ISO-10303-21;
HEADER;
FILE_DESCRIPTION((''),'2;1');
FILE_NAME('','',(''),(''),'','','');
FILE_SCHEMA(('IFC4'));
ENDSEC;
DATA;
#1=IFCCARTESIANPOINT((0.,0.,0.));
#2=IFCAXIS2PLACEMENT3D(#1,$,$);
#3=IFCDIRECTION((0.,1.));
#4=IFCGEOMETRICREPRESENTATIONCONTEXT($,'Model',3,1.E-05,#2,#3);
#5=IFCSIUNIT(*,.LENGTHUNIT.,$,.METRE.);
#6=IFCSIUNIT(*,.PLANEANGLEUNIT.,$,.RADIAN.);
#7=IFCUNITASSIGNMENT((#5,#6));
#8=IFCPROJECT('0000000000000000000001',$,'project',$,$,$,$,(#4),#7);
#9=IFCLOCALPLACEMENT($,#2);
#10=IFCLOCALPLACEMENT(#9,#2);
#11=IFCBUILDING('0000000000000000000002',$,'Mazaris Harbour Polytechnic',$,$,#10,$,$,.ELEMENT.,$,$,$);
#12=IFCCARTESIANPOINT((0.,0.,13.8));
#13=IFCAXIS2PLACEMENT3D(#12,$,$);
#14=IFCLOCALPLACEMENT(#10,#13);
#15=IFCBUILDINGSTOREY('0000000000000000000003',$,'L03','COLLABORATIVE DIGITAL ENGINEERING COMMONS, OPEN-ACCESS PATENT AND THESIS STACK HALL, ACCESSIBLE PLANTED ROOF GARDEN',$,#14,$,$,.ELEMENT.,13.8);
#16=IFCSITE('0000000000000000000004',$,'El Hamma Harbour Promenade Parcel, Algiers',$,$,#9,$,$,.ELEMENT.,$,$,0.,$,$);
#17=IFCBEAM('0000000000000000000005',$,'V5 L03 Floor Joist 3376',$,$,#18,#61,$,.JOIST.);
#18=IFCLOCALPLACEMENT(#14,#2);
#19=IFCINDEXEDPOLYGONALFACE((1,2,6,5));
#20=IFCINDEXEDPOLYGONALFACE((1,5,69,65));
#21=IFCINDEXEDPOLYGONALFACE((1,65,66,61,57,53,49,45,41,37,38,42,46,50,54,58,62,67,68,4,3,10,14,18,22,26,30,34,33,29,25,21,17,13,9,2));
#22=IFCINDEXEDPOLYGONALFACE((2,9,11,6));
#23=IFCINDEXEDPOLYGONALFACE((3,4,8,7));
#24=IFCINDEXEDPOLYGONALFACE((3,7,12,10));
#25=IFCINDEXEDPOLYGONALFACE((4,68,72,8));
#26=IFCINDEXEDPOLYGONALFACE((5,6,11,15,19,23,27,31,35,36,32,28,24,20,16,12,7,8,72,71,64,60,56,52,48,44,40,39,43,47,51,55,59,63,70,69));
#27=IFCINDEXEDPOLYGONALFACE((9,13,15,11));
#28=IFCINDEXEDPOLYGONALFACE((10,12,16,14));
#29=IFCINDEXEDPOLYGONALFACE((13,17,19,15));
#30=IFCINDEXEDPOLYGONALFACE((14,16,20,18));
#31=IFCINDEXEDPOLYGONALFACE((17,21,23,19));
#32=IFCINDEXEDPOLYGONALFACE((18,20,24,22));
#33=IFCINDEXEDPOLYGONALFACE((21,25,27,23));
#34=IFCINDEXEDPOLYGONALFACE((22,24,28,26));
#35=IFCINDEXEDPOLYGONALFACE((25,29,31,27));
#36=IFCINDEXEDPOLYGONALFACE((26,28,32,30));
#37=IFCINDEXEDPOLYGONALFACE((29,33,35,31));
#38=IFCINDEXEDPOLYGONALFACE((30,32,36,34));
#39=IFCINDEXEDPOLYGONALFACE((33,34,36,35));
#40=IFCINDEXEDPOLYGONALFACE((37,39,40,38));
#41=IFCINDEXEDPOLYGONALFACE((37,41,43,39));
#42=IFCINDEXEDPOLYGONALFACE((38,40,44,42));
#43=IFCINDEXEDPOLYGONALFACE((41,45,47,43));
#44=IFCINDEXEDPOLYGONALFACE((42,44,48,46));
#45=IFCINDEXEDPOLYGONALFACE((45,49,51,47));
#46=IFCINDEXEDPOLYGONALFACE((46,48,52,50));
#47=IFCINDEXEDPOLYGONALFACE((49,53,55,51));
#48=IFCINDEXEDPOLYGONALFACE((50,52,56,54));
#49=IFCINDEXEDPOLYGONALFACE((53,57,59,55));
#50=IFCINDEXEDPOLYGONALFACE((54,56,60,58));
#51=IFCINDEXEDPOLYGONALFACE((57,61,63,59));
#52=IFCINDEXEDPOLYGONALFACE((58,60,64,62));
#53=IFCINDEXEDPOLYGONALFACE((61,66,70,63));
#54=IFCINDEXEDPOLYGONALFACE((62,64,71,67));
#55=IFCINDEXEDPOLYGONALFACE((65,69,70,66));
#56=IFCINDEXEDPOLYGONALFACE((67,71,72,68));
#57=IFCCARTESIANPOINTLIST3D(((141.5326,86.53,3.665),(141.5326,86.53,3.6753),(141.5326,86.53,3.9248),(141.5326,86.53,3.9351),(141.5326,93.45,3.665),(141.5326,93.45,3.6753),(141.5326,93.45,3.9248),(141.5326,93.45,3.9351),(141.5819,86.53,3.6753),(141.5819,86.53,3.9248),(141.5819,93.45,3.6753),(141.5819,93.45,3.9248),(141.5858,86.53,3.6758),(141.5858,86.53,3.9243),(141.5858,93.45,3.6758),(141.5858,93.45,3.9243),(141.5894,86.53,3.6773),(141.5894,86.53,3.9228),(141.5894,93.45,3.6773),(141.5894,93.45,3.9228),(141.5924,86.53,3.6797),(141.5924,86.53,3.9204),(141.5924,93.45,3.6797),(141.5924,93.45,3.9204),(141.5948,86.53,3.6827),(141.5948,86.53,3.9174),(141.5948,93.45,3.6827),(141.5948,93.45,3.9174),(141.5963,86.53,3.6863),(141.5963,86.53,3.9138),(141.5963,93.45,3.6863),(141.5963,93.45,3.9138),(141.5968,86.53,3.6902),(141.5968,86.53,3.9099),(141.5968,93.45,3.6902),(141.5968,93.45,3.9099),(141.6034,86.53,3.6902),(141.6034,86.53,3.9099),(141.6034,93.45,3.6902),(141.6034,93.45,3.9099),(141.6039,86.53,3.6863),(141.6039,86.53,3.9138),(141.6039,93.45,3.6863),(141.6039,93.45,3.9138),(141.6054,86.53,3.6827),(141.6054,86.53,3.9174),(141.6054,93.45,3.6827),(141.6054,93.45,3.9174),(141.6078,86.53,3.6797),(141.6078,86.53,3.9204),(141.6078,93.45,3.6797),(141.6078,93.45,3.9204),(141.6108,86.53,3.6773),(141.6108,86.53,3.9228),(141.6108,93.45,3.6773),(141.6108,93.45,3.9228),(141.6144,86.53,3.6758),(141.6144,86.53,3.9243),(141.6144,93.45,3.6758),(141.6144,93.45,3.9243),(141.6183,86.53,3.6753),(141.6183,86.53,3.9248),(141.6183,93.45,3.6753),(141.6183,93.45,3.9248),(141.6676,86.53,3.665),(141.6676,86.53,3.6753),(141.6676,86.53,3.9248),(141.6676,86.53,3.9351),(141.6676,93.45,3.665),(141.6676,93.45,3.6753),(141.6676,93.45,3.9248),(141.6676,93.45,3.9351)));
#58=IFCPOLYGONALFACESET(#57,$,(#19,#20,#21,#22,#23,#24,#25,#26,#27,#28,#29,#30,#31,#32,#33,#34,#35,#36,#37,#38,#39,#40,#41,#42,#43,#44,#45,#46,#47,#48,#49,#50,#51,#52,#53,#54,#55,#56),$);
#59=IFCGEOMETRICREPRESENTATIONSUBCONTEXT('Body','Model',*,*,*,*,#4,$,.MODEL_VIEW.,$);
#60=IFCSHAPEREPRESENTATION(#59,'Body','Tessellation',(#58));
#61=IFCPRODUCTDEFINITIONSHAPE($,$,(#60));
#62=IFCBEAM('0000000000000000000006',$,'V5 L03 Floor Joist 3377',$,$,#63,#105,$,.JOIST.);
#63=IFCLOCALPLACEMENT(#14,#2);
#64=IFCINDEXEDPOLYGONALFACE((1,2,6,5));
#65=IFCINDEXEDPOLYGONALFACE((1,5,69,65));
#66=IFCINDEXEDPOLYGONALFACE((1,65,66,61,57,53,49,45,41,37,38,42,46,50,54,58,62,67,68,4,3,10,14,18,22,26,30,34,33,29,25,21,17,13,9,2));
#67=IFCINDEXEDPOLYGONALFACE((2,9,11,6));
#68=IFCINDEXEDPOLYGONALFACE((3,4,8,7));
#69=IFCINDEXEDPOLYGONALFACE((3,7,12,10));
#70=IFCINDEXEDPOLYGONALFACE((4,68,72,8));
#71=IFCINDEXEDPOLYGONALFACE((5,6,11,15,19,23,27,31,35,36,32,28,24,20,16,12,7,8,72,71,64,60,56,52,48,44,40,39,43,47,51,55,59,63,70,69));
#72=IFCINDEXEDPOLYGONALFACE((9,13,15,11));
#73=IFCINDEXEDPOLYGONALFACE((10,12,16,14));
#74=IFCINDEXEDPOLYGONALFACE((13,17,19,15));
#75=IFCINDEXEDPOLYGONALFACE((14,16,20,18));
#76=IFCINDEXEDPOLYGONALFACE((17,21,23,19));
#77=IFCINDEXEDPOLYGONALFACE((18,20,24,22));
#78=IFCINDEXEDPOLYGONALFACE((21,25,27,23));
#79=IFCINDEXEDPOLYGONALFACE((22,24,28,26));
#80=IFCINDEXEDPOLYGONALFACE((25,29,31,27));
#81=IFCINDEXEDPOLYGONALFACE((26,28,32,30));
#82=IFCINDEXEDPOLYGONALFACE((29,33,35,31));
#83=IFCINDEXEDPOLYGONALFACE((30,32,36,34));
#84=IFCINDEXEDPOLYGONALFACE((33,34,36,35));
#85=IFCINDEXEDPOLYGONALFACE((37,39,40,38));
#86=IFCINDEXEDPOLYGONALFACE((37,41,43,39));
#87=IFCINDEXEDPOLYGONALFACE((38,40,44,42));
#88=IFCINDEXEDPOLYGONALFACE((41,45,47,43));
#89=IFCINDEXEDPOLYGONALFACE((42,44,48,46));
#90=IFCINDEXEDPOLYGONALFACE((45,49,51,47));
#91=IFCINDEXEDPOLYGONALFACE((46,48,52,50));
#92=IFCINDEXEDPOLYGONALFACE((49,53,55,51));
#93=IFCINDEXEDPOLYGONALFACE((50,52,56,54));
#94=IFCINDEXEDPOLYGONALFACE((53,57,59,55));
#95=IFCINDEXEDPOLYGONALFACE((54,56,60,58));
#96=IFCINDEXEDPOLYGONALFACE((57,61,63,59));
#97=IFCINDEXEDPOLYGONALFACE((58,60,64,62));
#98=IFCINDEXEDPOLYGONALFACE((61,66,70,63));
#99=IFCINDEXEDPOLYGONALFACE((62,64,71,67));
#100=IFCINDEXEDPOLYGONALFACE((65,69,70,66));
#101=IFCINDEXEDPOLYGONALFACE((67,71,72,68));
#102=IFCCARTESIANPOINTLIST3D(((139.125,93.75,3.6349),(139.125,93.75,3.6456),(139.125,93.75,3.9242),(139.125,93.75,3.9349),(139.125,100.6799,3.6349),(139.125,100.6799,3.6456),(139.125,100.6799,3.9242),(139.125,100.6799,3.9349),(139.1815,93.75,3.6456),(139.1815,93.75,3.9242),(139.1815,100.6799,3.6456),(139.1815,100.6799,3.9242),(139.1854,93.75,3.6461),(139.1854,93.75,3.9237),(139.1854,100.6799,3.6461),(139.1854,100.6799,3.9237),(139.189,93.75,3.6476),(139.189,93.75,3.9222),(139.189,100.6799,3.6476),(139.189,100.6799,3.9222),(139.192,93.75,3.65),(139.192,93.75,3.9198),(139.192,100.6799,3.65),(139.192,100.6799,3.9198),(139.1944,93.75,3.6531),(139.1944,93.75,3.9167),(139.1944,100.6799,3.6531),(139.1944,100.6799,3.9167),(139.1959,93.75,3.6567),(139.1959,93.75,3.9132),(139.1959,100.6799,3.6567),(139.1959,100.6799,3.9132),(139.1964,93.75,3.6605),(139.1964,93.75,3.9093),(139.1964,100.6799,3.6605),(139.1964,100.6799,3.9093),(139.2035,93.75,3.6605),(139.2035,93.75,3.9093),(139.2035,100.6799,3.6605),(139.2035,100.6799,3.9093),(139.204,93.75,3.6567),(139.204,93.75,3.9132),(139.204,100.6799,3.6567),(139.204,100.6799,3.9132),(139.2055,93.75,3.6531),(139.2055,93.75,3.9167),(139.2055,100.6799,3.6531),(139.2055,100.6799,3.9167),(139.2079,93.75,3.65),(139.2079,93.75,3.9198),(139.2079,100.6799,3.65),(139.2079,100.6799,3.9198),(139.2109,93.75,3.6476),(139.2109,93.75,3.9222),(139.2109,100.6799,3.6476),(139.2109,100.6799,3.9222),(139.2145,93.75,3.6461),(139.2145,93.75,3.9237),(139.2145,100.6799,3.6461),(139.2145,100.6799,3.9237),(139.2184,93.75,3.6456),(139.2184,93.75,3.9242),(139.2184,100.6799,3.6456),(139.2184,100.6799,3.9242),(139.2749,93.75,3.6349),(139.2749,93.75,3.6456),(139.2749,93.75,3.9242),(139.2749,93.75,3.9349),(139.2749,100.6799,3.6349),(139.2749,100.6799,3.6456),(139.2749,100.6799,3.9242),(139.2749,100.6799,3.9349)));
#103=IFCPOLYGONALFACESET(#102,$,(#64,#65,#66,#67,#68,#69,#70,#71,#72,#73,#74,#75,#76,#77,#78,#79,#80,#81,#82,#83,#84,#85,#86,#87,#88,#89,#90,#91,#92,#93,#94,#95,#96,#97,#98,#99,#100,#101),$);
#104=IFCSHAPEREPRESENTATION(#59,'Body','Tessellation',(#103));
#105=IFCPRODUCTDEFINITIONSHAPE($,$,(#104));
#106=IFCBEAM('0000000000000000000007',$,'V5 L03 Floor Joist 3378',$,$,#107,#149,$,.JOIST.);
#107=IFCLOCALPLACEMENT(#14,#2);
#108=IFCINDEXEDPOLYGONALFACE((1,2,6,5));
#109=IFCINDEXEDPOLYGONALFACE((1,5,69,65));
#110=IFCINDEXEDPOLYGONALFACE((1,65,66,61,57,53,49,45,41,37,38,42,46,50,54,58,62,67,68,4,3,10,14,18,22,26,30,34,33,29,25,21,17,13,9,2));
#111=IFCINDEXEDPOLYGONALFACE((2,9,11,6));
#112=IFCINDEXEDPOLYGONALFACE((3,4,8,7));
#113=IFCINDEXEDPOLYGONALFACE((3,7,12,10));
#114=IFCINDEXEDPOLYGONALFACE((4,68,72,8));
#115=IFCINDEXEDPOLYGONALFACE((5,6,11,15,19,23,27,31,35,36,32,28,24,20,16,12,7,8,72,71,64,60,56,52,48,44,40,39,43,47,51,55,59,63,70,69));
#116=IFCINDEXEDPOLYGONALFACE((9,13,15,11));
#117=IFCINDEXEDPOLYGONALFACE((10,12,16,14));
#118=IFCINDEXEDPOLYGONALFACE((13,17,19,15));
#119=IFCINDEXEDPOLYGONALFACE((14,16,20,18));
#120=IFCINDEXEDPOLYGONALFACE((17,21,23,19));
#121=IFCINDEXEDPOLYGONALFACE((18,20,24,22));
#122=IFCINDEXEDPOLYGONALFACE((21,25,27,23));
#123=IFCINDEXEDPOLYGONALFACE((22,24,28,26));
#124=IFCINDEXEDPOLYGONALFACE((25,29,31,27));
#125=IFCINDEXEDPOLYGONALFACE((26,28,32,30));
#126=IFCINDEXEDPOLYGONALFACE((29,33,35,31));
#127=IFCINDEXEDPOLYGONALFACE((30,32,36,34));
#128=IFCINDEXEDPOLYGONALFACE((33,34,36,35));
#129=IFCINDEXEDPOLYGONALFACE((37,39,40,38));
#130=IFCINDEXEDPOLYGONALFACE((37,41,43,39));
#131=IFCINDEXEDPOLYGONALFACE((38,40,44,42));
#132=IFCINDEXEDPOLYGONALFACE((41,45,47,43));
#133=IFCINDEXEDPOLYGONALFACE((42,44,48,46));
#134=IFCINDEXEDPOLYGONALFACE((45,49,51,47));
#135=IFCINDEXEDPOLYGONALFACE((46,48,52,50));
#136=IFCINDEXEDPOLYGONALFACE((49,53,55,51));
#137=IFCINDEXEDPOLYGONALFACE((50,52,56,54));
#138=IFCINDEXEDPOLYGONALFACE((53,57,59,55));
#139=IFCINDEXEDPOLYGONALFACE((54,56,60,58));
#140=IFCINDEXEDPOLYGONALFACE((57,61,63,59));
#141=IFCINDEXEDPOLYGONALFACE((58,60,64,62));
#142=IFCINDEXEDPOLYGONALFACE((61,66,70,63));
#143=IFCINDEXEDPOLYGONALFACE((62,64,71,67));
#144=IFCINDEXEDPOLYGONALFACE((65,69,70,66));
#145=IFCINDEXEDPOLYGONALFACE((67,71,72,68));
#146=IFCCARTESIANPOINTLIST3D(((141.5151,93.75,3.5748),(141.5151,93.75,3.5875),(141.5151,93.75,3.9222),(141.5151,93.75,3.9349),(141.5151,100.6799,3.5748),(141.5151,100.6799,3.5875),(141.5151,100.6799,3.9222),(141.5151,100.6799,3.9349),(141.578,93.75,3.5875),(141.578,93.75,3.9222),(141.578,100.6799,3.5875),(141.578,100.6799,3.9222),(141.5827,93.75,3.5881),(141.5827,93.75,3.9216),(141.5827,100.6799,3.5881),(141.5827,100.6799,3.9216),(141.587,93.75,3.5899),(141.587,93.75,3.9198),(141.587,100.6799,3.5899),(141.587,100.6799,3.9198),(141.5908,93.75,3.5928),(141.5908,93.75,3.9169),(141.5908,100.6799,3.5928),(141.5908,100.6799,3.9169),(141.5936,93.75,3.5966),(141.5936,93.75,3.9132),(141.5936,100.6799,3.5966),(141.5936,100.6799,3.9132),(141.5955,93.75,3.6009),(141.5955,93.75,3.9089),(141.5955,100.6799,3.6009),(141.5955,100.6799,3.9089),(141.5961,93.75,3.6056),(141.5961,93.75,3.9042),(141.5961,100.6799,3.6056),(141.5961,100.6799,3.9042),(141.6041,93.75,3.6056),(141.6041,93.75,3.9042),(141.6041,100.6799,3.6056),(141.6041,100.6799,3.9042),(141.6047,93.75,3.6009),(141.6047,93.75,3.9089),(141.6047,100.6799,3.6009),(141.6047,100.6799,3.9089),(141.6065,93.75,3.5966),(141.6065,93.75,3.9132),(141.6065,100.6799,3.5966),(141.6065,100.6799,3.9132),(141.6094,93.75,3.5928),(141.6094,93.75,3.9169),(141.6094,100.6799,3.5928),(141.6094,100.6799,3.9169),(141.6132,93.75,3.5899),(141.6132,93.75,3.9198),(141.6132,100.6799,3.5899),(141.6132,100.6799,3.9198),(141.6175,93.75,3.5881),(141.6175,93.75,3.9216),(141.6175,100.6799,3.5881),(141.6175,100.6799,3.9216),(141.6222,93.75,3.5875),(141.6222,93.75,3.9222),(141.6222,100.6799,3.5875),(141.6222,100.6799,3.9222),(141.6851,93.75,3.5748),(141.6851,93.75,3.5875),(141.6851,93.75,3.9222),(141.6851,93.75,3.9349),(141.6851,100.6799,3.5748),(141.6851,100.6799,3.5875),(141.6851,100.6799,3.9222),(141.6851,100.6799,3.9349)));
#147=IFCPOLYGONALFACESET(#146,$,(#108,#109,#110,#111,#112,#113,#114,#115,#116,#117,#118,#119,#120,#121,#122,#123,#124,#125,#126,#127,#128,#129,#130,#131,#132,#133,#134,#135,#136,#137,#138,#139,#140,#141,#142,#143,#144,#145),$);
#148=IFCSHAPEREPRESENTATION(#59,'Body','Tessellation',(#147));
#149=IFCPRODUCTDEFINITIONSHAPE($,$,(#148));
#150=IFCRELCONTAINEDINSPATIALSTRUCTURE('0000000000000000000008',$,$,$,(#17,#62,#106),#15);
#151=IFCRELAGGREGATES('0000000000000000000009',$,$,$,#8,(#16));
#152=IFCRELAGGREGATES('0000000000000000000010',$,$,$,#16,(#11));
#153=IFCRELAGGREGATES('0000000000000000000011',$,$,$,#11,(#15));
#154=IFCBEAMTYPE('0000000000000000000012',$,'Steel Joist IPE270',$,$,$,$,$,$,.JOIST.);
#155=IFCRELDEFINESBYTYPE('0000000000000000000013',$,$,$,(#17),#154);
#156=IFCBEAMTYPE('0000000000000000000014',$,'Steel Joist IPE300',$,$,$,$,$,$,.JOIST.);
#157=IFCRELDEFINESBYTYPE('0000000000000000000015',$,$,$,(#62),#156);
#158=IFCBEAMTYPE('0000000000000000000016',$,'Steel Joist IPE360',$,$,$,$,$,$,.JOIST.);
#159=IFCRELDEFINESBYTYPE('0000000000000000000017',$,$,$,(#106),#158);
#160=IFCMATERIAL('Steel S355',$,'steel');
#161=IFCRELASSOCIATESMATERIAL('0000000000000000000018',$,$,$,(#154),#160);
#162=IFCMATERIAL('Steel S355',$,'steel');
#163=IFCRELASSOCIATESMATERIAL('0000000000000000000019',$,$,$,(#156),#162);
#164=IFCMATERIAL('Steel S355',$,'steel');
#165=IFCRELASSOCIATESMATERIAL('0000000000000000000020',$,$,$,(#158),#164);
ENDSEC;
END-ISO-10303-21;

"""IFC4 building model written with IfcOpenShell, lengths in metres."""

from ifc_helpers import new_model, si_unit, direction, frame, origin, origin_2d, place, context, subcontext, project, spatial, i_section, extrude, material, material_profile, profile_set, type_object, element, save


model = new_model("IFC4")

# Units and contexts
model_context = context("Model", 3, precision=1e-05, world=origin(), true_north=direction((0.0, 1.0)))
body_context = subcontext(model_context, "Body", "Model", "MODEL_VIEW")
ifc_project = project(units=[si_unit("LENGTHUNIT", "METRE"), si_unit("PLANEANGLEUNIT", "RADIAN")], contexts=[model_context])

# Site, building, storey
site_placement = place(None, origin())
site = spatial("IfcSite", under=ifc_project, at=site_placement, Name="El Hamma Harbour Promenade Parcel, Algiers", CompositionType="ELEMENT", RefElevation=0.0)
building_placement = place(site_placement, origin())
building = spatial("IfcBuilding", under=site, at=building_placement, Name="Mazaris Harbour Polytechnic", CompositionType="ELEMENT")
storey_placement = place(building_placement, frame((0.0, 0.0, 13.8)))
storey = spatial("IfcBuildingStorey", under=building, at=storey_placement, Name="L03", Description="COLLABORATIVE DIGITAL ENGINEERING COMMONS, OPEN-ACCESS PATENT AND THESIS STACK HALL, ACCESSIBLE PLANTED ROOF GARDEN", CompositionType="ELEMENT", Elevation=13.8)

# Beams
ifc_material_1 = material(Name="Steel S355", Category="steel")
ifc_material_profile_1 = material_profile(ifc_material_1, i_section(OverallWidth=0.135, OverallDepth=0.27, WebThickness=0.0066, FlangeThickness=0.0103, FilletRadius=0.0149, at=origin_2d()), Name="IPE 270")
ifc_profile_set_1 = profile_set([ifc_material_profile_1], Name="Steel S355")
beam_type_1 = type_object("IfcBeamType", Name="Steel Joist IPE270", PredefinedType="JOIST", material=ifc_profile_set_1)
beam_1_placement = place(storey_placement, frame((141.6001, 86.53, 3.8), z_axis=(0.0, 1.0, 0.0), x_axis=(-1.0, 0.0, 0.0)))
element("IfcBeam", 1, at=beam_1_placement, inside=storey, type_object=beam_type_1, Name="V5 L03 Floor Joist 3376", PredefinedType="JOIST", context=body_context, shape_type="SweptSolid", body=[
    extrude(i_section(OverallWidth=0.135, OverallDepth=0.27, WebThickness=0.0066, FlangeThickness=0.0103, FilletRadius=0.0149, at=origin_2d()), origin(), (0.0, 0.0, 1.0), 6.9199),
])
ifc_material_2 = material(Name="Steel S355", Category="steel")
ifc_material_profile_2 = material_profile(ifc_material_2, i_section(OverallWidth=0.1499, OverallDepth=0.3, WebThickness=0.0071, FlangeThickness=0.0107, FilletRadius=0.0149, at=origin_2d()), Name="IPE 300")
ifc_profile_set_2 = profile_set([ifc_material_profile_2], Name="Steel S355")
beam_type_2 = type_object("IfcBeamType", Name="Steel Joist IPE300", PredefinedType="JOIST", material=ifc_profile_set_2)
beam_2_placement = place(storey_placement, frame((139.2, 93.75, 3.7849), z_axis=(0.0, 1.0, 0.0), x_axis=(-1.0, 0.0, 0.0)))
element("IfcBeam", 2, at=beam_2_placement, inside=storey, type_object=beam_type_2, Name="V5 L03 Floor Joist 3377", PredefinedType="JOIST", context=body_context, shape_type="SweptSolid", body=[
    extrude(i_section(OverallWidth=0.1499, OverallDepth=0.3, WebThickness=0.0071, FlangeThickness=0.0107, FilletRadius=0.0149, at=origin_2d()), origin(), (0.0, 0.0, 1.0), 6.9299),
])
ifc_material_3 = material(Name="Steel S355", Category="steel")
ifc_material_profile_3 = material_profile(ifc_material_3, i_section(OverallWidth=0.1699, OverallDepth=0.3601, WebThickness=0.0081, FlangeThickness=0.0127, FilletRadius=0.0181, at=origin_2d()), Name="IPE 360")
ifc_profile_set_3 = profile_set([ifc_material_profile_3], Name="Steel S355")
beam_type_3 = type_object("IfcBeamType", Name="Steel Joist IPE360", PredefinedType="JOIST", material=ifc_profile_set_3)
beam_3_placement = place(storey_placement, frame((141.6001, 93.75, 3.7549), z_axis=(0.0, 1.0, 0.0), x_axis=(-1.0, 0.0, 0.0)))
element("IfcBeam", 3, at=beam_3_placement, inside=storey, type_object=beam_type_3, Name="V5 L03 Floor Joist 3378", PredefinedType="JOIST", context=body_context, shape_type="SweptSolid", body=[
    extrude(i_section(OverallWidth=0.1699, OverallDepth=0.3601, WebThickness=0.0081, FlangeThickness=0.0127, FilletRadius=0.0181, at=origin_2d()), origin(), (0.0, 0.0, 1.0), 6.9299),
])

save(model, "model.ifc")
